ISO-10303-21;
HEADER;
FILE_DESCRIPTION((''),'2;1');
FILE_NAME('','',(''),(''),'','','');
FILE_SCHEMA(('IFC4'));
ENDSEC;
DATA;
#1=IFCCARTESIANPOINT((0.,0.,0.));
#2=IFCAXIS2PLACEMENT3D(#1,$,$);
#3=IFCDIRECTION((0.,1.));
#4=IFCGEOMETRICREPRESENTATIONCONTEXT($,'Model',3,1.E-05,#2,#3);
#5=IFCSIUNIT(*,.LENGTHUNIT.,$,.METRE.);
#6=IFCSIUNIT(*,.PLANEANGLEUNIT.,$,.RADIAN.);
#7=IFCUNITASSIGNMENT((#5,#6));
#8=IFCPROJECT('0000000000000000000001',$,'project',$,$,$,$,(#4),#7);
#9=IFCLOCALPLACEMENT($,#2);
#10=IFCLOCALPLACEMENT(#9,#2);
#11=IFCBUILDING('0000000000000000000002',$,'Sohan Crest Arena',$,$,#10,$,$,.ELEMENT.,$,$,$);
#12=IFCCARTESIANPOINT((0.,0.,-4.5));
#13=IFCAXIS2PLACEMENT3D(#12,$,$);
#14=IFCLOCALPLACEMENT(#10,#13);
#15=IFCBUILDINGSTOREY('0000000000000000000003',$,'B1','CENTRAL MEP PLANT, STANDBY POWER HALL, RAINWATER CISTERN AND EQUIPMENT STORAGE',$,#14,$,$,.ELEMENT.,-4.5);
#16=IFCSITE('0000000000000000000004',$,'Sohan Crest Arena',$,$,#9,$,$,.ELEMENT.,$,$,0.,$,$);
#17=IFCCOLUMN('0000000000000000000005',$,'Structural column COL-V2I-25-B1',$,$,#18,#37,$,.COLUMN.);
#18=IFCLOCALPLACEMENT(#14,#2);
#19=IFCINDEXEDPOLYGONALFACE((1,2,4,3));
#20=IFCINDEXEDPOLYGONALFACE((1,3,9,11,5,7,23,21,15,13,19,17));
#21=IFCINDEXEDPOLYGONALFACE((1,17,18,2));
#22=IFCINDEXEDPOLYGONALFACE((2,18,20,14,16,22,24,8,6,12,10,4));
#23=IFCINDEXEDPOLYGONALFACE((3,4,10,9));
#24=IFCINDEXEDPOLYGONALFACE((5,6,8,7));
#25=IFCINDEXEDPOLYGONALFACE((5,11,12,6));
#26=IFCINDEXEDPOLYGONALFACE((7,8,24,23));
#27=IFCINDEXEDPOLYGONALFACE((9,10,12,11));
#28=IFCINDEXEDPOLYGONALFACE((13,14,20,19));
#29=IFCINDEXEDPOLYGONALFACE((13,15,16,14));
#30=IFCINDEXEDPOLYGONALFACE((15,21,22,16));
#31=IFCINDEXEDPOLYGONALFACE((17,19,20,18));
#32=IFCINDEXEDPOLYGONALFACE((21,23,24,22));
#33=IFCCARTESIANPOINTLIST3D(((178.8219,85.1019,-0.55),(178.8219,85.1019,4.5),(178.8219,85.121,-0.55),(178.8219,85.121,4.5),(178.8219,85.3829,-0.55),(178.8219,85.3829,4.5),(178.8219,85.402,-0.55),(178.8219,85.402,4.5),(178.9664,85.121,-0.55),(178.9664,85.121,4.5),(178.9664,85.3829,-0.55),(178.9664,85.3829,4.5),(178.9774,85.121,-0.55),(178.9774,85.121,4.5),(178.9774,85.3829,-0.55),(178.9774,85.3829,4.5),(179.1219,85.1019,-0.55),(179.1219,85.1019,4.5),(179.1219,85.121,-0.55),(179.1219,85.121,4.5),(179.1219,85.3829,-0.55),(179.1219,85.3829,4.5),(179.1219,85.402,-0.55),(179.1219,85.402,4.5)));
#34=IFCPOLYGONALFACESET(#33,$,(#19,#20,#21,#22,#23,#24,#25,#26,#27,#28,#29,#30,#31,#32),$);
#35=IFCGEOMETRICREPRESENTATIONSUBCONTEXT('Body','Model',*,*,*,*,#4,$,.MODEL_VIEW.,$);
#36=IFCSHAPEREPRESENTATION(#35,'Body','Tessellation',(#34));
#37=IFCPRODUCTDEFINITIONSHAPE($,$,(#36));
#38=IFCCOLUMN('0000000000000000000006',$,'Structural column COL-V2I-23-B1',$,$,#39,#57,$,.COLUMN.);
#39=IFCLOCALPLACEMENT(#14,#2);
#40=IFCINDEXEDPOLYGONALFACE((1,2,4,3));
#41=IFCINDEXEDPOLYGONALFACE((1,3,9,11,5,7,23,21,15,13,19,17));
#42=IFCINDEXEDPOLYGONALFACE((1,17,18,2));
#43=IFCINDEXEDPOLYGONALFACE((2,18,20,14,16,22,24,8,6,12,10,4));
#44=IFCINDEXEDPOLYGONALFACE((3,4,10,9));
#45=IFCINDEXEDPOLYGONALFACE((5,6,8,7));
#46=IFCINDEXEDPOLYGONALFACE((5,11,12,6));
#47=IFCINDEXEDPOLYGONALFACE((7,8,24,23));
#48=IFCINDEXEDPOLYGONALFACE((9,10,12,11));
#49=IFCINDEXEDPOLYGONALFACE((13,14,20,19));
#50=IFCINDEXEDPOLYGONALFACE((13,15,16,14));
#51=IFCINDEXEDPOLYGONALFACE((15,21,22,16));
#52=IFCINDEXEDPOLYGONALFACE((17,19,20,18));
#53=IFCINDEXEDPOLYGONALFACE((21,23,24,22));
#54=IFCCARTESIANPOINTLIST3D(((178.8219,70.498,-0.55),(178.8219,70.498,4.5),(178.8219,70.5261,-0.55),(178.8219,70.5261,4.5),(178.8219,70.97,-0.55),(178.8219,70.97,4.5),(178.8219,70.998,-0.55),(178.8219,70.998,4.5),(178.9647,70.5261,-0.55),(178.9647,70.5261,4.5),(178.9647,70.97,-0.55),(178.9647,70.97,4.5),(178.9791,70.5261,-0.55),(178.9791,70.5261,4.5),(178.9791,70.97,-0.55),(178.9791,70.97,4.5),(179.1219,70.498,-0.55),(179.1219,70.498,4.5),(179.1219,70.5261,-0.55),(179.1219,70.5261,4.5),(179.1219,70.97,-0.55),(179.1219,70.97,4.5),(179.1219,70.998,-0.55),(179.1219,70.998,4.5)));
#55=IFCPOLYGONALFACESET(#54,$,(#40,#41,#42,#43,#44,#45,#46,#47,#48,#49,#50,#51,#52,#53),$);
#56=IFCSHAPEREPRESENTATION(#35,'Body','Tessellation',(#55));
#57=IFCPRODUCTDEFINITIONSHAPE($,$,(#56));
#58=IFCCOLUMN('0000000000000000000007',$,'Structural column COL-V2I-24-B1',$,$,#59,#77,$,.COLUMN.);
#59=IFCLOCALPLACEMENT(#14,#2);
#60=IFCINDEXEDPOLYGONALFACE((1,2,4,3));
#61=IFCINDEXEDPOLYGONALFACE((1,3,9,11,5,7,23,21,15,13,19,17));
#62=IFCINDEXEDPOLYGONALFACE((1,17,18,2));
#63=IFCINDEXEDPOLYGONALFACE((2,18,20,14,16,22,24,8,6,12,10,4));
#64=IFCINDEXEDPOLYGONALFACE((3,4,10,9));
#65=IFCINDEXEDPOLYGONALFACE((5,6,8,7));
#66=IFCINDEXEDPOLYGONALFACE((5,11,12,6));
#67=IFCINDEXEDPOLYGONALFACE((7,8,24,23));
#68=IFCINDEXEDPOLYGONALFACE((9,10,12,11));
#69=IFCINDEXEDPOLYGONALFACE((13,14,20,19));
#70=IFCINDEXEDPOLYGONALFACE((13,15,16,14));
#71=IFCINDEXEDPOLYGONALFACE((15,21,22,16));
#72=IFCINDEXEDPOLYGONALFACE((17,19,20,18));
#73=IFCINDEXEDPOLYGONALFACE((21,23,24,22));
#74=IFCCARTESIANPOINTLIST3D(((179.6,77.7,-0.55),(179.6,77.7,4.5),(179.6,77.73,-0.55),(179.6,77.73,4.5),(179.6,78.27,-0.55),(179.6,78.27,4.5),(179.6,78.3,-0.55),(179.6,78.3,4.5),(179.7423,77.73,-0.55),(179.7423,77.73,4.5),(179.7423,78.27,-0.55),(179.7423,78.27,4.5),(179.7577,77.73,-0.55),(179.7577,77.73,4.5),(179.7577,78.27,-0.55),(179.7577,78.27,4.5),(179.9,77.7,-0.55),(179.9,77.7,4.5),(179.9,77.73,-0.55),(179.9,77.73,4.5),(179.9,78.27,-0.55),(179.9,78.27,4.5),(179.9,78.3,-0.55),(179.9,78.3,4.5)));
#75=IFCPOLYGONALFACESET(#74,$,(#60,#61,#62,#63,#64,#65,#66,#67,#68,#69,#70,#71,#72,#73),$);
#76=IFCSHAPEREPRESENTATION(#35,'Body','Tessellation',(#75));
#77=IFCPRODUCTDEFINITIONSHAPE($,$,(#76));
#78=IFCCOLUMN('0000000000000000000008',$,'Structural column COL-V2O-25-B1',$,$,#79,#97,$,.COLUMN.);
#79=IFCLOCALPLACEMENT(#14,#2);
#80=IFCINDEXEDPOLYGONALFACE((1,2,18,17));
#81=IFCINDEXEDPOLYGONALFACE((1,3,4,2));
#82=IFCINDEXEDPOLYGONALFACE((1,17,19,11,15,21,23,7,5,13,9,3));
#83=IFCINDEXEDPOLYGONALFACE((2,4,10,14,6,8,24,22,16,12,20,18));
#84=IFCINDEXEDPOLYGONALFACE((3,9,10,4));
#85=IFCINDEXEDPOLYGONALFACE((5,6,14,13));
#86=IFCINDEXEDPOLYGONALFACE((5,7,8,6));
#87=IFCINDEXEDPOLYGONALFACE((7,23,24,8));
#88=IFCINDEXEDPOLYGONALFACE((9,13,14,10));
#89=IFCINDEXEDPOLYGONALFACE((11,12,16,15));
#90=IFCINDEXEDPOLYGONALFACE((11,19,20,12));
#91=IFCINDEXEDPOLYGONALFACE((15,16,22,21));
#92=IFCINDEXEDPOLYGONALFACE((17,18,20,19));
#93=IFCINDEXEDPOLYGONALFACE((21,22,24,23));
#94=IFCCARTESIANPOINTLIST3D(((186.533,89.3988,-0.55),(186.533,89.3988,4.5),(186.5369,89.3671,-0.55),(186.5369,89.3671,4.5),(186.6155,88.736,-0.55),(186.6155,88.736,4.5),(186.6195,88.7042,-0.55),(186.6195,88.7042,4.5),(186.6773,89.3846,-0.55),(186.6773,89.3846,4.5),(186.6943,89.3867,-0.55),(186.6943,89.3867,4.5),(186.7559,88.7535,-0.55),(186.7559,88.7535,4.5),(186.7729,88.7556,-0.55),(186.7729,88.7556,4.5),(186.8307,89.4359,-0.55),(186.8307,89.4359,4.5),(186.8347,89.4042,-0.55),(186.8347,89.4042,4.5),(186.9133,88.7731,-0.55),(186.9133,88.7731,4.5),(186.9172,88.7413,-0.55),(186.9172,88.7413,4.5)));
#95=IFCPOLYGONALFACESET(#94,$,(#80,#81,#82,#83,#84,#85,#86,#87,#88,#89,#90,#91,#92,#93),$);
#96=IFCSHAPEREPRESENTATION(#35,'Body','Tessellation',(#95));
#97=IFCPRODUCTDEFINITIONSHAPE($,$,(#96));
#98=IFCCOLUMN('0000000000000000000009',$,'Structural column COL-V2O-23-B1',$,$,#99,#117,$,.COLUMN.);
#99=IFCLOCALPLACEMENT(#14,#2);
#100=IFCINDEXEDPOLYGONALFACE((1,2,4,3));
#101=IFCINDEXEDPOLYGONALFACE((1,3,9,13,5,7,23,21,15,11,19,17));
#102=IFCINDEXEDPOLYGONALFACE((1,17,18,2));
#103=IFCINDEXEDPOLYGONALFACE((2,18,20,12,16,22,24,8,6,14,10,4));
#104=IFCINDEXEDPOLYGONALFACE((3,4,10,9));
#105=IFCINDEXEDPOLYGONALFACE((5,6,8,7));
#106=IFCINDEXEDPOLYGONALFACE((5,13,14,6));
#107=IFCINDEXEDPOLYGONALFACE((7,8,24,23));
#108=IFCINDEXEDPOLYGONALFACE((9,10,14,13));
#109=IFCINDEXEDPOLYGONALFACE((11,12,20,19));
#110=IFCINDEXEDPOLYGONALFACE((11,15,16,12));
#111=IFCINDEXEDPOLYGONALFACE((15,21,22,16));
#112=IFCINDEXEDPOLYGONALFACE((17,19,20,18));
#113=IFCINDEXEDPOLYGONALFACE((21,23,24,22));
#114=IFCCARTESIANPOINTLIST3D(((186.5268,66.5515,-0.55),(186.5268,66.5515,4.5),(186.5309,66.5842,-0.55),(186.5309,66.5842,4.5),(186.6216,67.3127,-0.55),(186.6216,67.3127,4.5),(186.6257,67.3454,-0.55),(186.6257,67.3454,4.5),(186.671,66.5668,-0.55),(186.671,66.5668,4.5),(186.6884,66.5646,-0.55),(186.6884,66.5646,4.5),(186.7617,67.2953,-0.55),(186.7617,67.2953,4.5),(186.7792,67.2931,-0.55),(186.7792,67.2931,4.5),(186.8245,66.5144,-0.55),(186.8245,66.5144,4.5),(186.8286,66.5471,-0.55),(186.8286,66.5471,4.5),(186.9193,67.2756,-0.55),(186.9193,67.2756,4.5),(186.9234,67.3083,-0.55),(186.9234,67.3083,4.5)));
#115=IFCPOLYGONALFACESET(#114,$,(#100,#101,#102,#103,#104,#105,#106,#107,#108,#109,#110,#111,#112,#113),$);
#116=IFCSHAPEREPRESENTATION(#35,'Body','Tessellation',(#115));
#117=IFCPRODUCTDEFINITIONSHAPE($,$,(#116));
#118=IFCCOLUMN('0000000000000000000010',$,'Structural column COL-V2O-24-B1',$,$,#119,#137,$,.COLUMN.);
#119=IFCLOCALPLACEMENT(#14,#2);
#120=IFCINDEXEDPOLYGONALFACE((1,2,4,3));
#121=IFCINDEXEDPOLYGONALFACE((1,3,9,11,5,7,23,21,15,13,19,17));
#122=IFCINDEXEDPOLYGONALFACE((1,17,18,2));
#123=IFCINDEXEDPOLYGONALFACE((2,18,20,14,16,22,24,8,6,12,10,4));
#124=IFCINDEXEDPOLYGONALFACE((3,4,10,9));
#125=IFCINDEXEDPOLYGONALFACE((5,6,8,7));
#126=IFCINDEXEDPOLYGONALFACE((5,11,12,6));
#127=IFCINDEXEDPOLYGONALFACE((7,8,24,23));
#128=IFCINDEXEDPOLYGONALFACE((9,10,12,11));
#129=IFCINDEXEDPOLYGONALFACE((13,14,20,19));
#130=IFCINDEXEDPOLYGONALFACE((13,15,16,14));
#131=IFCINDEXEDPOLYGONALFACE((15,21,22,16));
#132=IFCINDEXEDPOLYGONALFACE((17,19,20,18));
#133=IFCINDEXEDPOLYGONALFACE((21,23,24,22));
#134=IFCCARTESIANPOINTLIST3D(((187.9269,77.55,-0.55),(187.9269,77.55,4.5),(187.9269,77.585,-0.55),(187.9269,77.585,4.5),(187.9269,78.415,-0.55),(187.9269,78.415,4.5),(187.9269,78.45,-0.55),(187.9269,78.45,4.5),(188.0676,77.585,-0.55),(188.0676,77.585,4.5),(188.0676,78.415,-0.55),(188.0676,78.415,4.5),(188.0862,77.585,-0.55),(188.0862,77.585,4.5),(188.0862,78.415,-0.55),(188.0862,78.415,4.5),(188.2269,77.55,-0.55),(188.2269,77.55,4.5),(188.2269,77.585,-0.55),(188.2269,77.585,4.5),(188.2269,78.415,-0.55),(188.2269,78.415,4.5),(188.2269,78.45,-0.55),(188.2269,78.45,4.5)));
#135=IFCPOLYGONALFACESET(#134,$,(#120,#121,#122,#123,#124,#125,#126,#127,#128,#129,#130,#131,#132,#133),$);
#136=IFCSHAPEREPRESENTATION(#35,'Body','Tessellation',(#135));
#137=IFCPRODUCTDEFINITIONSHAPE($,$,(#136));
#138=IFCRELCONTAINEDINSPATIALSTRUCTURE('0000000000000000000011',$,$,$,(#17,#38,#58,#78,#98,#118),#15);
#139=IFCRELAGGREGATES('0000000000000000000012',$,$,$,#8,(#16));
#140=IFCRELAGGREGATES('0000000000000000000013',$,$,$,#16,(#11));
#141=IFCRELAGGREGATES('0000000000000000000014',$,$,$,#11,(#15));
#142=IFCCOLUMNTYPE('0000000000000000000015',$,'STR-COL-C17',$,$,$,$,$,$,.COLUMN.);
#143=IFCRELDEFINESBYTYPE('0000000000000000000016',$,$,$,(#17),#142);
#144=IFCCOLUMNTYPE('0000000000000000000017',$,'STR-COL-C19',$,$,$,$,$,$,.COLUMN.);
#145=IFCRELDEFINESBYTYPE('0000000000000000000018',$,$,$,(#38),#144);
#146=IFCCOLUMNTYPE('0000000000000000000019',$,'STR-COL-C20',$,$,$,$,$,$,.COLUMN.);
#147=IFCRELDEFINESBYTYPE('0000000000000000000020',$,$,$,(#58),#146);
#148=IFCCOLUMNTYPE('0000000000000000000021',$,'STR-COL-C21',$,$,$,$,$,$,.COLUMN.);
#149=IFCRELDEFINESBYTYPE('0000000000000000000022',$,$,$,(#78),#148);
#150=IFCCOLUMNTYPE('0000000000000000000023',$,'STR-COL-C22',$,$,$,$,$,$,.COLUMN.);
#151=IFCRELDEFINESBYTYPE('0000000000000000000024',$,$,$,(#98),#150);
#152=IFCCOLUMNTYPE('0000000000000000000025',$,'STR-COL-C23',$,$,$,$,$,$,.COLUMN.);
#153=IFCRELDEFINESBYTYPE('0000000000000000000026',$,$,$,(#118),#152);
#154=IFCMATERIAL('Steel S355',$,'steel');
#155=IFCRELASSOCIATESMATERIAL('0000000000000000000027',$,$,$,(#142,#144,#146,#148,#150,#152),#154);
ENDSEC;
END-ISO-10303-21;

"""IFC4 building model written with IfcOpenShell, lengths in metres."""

from ifc_helpers import new_model, si_unit, direction, frame, origin, origin_2d, place, context, subcontext, project, spatial, i_section, extrude, material, material_profile, profile_set, type_object, element, save


model = new_model("IFC4")

# Units and contexts
model_context = context("Model", 3, precision=1e-05, world=origin(), true_north=direction((0.0, 1.0)))
body_context = subcontext(model_context, "Body", "Model", "MODEL_VIEW")
ifc_project = project(units=[si_unit("LENGTHUNIT", "METRE"), si_unit("PLANEANGLEUNIT", "RADIAN")], contexts=[model_context])

# Site, building, storey
site_placement = place(None, origin())
site = spatial("IfcSite", under=ifc_project, at=site_placement, Name="Sohan Crest Arena", CompositionType="ELEMENT", RefElevation=0.0)
building_placement = place(site_placement, origin())
building = spatial("IfcBuilding", under=site, at=building_placement, Name="Sohan Crest Arena", CompositionType="ELEMENT")
storey_placement = place(building_placement, frame((0.0, 0.0, -4.5)))
storey = spatial("IfcBuildingStorey", under=building, at=storey_placement, Name="B1", Description="CENTRAL MEP PLANT, STANDBY POWER HALL, RAINWATER CISTERN AND EQUIPMENT STORAGE", CompositionType="ELEMENT", Elevation=-4.5)

# Columns
ifc_material_1 = material(Name="Steel S355", Category="steel")
ifc_material_profile_1 = material_profile(ifc_material_1, i_section(OverallWidth=0.3, OverallDepth=0.3, WebThickness=0.011, FlangeThickness=0.019, at=origin_2d()), Name="HEB 300")
ifc_profile_set_1 = profile_set([ifc_material_profile_1], Name="Steel S355")
column_type_1 = type_object("IfcColumnType", Name="STR-COL-C17", PredefinedType="COLUMN", material=ifc_profile_set_1)
column_1_placement = place(storey_placement, frame((178.9719, 85.252, -0.55), z_axis=(0.0, 0.0, 1.0), x_axis=(1.0, 0.0, 0.0)))
element("IfcColumn", 1, at=column_1_placement, inside=storey, type_object=column_type_1, Name="Structural column COL-V2I-25-B1", PredefinedType="COLUMN", context=body_context, shape_type="SweptSolid", body=[
    extrude(i_section(OverallWidth=0.3, OverallDepth=0.3, WebThickness=0.011, FlangeThickness=0.019, at=origin_2d()), origin(), (0.0, 0.0, 1.0), 5.05),
])
ifc_material_profile_2 = material_profile(ifc_material_1, i_section(OverallWidth=0.3, OverallDepth=0.5, WebThickness=0.0144, FlangeThickness=0.0281, at=origin_2d()), Name="HEB 500")
ifc_profile_set_2 = profile_set([ifc_material_profile_2], Name="Steel S355")
column_type_2 = type_object("IfcColumnType", Name="STR-COL-C19", PredefinedType="COLUMN", material=ifc_profile_set_2)
column_2_placement = place(storey_placement, frame((178.9719, 70.748, -0.55), z_axis=(0.0, 0.0, 1.0), x_axis=(1.0, 0.0, 0.0)))
element("IfcColumn", 2, at=column_2_placement, inside=storey, type_object=column_type_2, Name="Structural column COL-V2I-23-B1", PredefinedType="COLUMN", context=body_context, shape_type="SweptSolid", body=[
    extrude(i_section(OverallWidth=0.3, OverallDepth=0.5, WebThickness=0.0144, FlangeThickness=0.0281, at=origin_2d()), origin(), (0.0, 0.0, 1.0), 5.05),
])
ifc_material_profile_3 = material_profile(ifc_material_1, i_section(OverallWidth=0.3, OverallDepth=0.6001, WebThickness=0.0154, FlangeThickness=0.03, at=origin_2d()), Name="HEB 600")
ifc_profile_set_3 = profile_set([ifc_material_profile_3], Name="Steel S355")
column_type_3 = type_object("IfcColumnType", Name="STR-COL-C20", PredefinedType="COLUMN", material=ifc_profile_set_3)
column_3_placement = place(storey_placement, frame((179.75, 78.0, -0.55), z_axis=(0.0, 0.0, 1.0), x_axis=(1.0, 0.0, 0.0)))
element("IfcColumn", 3, at=column_3_placement, inside=storey, type_object=column_type_3, Name="Structural column COL-V2I-24-B1", PredefinedType="COLUMN", context=body_context, shape_type="SweptSolid", body=[
    extrude(i_section(OverallWidth=0.3, OverallDepth=0.6001, WebThickness=0.0154, FlangeThickness=0.03, at=origin_2d()), origin(), (0.0, 0.0, 1.0), 5.05),
])
ifc_material_profile_4 = material_profile(ifc_material_1, i_section(OverallWidth=0.3, OverallDepth=0.7, WebThickness=0.0171, FlangeThickness=0.032, at=origin_2d()), Name="HEB 700")
ifc_profile_set_4 = profile_set([ifc_material_profile_4], Name="Steel S355")
column_type_4 = type_object("IfcColumnType", Name="STR-COL-C21", PredefinedType="COLUMN", material=ifc_profile_set_4)
column_4_placement = place(storey_placement, frame((186.7251, 89.0701, -0.55), z_axis=(0.0, 0.0, 1.0), x_axis=(0.992332, 0.123601, 0.0)))
element("IfcColumn", 4, at=column_4_placement, inside=storey, type_object=column_type_4, Name="Structural column COL-V2O-25-B1", PredefinedType="COLUMN", context=body_context, shape_type="SweptSolid", body=[
    extrude(i_section(OverallWidth=0.3, OverallDepth=0.7, WebThickness=0.0171, FlangeThickness=0.032, at=origin_2d()), origin(), (0.0, 0.0, 1.0), 5.05),
])
ifc_material_profile_5 = material_profile(ifc_material_1, i_section(OverallWidth=0.3, OverallDepth=0.8, WebThickness=0.0176, FlangeThickness=0.033, at=origin_2d()), Name="HEB 800")
ifc_profile_set_5 = profile_set([ifc_material_profile_5], Name="Steel S355")
column_type_5 = type_object("IfcColumnType", Name="STR-COL-C22", PredefinedType="COLUMN", material=ifc_profile_set_5)
column_5_placement = place(storey_placement, frame((186.7251, 66.9299, -0.55), z_axis=(0.0, 0.0, 1.0), x_axis=(-0.992332, 0.123601, 0.0)))
element("IfcColumn", 5, at=column_5_placement, inside=storey, type_object=column_type_5, Name="Structural column COL-V2O-23-B1", PredefinedType="COLUMN", context=body_context, shape_type="SweptSolid", body=[
    extrude(i_section(OverallWidth=0.3, OverallDepth=0.8, WebThickness=0.0176, FlangeThickness=0.033, at=origin_2d()), origin(), (0.0, 0.0, 1.0), 5.05),
])
ifc_material_profile_6 = material_profile(ifc_material_1, i_section(OverallWidth=0.3, OverallDepth=0.8999, WebThickness=0.0186, FlangeThickness=0.0349, at=origin_2d()), Name="HEB 900")
ifc_profile_set_6 = profile_set([ifc_material_profile_6], Name="Steel S355")
column_type_6 = type_object("IfcColumnType", Name="STR-COL-C23", PredefinedType="COLUMN", material=ifc_profile_set_6)
column_6_placement = place(storey_placement, frame((188.0769, 78.0, -0.55), z_axis=(0.0, 0.0, 1.0), x_axis=(1.0, 0.0, 0.0)))
element("IfcColumn", 6, at=column_6_placement, inside=storey, type_object=column_type_6, Name="Structural column COL-V2O-24-B1", PredefinedType="COLUMN", context=body_context, shape_type="SweptSolid", body=[
    extrude(i_section(OverallWidth=0.3, OverallDepth=0.8999, WebThickness=0.0186, FlangeThickness=0.0349, at=origin_2d()), origin(), (0.0, 0.0, 1.0), 5.05),
])

save(model, "model.ifc")
